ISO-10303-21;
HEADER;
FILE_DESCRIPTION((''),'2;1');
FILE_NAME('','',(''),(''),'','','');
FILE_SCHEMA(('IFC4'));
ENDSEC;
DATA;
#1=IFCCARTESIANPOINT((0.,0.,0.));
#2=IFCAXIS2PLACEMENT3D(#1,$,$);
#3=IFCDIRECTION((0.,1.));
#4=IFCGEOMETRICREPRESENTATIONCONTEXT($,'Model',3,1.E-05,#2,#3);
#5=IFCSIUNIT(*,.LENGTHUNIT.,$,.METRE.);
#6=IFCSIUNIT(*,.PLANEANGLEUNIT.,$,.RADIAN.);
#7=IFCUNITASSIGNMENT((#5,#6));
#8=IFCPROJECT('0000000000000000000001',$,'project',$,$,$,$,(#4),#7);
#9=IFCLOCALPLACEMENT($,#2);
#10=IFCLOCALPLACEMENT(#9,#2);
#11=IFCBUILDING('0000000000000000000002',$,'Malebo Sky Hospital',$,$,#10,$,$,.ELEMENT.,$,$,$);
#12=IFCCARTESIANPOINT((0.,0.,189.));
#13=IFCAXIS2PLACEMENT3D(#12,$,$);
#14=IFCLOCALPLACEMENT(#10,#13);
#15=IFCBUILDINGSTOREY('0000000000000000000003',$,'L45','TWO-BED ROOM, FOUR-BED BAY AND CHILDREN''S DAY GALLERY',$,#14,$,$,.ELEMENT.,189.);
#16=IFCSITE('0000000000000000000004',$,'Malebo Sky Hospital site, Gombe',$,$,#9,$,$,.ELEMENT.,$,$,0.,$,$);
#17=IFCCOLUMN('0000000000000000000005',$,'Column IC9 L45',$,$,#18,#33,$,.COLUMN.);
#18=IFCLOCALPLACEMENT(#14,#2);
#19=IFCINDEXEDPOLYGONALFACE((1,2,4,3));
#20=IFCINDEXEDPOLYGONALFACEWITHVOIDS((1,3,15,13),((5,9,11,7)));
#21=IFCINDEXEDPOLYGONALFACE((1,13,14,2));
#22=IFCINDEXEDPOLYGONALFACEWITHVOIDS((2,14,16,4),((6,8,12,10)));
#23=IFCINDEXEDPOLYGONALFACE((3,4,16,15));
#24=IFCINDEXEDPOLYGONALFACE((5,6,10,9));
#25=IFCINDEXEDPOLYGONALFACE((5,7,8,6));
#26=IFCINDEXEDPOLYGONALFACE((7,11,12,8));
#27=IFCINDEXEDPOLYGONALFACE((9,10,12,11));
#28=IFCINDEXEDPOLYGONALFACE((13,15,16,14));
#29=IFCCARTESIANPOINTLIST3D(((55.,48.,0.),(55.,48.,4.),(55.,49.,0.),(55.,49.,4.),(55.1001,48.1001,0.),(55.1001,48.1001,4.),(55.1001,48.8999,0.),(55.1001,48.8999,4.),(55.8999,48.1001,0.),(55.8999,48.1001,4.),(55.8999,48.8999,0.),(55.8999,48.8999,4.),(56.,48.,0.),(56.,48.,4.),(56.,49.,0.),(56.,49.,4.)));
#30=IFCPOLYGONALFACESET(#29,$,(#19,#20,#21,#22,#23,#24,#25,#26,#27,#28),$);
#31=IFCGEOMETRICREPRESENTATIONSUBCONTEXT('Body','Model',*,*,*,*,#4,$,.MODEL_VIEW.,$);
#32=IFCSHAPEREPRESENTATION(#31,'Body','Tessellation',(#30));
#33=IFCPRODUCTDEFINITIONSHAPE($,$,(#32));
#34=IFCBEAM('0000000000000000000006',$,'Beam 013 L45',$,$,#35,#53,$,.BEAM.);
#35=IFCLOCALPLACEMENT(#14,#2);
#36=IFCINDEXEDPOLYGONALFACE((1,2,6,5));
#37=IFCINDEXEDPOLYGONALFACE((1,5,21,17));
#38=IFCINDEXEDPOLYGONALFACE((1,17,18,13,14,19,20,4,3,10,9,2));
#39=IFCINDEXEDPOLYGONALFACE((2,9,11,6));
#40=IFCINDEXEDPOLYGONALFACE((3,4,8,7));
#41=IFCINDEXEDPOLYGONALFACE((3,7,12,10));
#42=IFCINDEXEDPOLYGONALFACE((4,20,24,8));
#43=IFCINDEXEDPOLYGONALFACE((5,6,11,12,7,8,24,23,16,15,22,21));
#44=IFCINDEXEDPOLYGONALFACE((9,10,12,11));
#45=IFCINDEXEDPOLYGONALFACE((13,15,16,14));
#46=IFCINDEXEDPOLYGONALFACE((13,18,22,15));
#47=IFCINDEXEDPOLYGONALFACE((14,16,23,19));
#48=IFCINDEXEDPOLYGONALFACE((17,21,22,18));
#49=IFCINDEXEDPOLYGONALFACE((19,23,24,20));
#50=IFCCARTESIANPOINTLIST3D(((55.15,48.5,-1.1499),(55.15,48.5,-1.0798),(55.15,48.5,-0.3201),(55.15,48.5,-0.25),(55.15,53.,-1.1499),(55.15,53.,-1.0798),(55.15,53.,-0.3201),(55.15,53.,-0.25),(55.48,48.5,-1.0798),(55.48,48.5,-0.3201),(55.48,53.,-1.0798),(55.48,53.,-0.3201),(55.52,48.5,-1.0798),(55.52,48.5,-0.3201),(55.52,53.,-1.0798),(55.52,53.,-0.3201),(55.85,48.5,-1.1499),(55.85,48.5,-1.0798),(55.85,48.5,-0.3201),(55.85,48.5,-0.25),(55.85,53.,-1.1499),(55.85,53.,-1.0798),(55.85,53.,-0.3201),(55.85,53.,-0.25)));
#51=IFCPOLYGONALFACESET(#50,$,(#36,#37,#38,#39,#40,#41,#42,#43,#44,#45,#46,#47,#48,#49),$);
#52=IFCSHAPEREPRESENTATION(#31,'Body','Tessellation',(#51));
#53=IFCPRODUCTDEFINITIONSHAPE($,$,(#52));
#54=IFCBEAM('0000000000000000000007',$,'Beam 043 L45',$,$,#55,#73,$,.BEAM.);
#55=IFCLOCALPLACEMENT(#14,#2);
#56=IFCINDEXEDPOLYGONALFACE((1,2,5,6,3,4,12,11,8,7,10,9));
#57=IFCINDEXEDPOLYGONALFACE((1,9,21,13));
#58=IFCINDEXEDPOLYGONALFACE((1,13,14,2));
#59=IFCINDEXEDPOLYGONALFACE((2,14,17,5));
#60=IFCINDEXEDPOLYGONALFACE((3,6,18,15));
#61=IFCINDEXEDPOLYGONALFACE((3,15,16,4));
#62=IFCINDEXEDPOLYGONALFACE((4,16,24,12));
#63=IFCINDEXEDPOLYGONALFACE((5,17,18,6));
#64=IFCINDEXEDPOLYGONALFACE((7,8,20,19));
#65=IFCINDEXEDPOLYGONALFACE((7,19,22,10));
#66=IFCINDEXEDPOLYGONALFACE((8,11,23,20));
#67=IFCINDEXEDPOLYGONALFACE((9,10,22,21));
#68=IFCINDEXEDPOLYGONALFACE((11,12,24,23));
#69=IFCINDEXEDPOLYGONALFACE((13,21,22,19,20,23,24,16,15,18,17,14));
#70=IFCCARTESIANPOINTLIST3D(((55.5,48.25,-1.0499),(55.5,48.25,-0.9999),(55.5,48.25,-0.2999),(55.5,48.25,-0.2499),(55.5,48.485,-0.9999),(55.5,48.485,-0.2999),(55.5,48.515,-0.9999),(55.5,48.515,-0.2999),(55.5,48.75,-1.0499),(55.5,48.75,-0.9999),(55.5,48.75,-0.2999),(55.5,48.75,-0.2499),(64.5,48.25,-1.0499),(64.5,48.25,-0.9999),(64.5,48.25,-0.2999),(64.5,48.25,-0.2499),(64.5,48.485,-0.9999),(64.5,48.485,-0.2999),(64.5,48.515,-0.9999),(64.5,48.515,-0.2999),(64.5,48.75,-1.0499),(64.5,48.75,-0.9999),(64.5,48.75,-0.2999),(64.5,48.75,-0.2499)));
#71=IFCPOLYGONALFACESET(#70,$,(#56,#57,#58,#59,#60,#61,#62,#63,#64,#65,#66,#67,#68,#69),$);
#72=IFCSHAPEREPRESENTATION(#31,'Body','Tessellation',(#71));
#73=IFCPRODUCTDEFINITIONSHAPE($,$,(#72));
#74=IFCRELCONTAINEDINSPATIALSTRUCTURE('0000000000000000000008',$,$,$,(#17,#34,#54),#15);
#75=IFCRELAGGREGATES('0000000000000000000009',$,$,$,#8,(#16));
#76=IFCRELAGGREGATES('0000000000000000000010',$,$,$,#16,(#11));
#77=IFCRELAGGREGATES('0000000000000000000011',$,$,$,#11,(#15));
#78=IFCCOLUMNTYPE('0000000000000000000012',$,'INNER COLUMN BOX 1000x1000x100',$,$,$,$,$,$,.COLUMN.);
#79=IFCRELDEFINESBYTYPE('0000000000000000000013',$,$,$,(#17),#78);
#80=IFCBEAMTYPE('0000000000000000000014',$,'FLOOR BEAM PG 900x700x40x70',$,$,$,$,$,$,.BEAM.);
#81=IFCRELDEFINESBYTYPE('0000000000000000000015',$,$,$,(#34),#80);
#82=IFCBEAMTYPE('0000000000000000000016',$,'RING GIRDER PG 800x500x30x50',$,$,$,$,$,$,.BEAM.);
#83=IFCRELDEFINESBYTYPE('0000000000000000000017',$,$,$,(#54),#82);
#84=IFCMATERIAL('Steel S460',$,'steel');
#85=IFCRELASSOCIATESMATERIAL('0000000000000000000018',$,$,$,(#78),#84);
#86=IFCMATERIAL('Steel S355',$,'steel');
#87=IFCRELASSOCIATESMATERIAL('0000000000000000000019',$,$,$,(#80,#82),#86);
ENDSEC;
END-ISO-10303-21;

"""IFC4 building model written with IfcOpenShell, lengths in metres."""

from ifc_helpers import new_model, si_unit, direction, frame, origin, origin_2d, place, context, subcontext, project, spatial, hollow_rectangle, i_section, extrude, material, material_profile, profile_set, type_object, element, save


model = new_model("IFC4")

# Units and contexts
model_context = context("Model", 3, precision=1e-05, world=origin(), true_north=direction((0.0, 1.0)))
body_context = subcontext(model_context, "Body", "Model", "MODEL_VIEW")
ifc_project = project(units=[si_unit("LENGTHUNIT", "METRE"), si_unit("PLANEANGLEUNIT", "RADIAN")], contexts=[model_context])

# Site, building, storey
site_placement = place(None, origin())
site = spatial("IfcSite", under=ifc_project, at=site_placement, Name="Malebo Sky Hospital site, Gombe", CompositionType="ELEMENT", RefElevation=0.0)
building_placement = place(site_placement, origin())
building = spatial("IfcBuilding", under=site, at=building_placement, Name="Malebo Sky Hospital", CompositionType="ELEMENT")
storey_placement = place(building_placement, frame((0.0, 0.0, 189.0)))
storey = spatial("IfcBuildingStorey", under=building, at=storey_placement, Name="L45", Description="TWO-BED ROOM, FOUR-BED BAY AND CHILDREN'S DAY GALLERY", CompositionType="ELEMENT", Elevation=189.0)

# Column
ifc_material_1 = material(Name="Steel S460", Category="steel")
ifc_material_profile_1 = material_profile(ifc_material_1, hollow_rectangle(XDim=1.0, YDim=1.0, WallThickness=0.1001, at=origin_2d()), Name="BOX 1000x1000x100")
ifc_profile_set_1 = profile_set([ifc_material_profile_1], Name="Steel S460")
column_type = type_object("IfcColumnType", Name="INNER COLUMN BOX 1000x1000x100", PredefinedType="COLUMN", material=ifc_profile_set_1)
column_placement = place(storey_placement, frame((55.5, 48.5, 0.0), z_axis=(0.0, 0.0, 1.0), x_axis=(1.0, 0.0, 0.0)))
element("IfcColumn", 1, at=column_placement, inside=storey, type_object=column_type, Name="Column IC9 L45", PredefinedType="COLUMN", context=body_context, shape_type="SweptSolid", body=[
    extrude(hollow_rectangle(XDim=1.0, YDim=1.0, WallThickness=0.1001, at=origin_2d()), origin(), (0.0, 0.0, 1.0), 4.0),
])

# Beams
ifc_material_2 = material(Name="Steel S355", Category="steel")
ifc_material_profile_2 = material_profile(ifc_material_2, i_section(OverallWidth=0.7, OverallDepth=0.8999, WebThickness=0.04, FlangeThickness=0.0701, at=origin_2d()), Name="PG 900x700x40x70")
ifc_profile_set_2 = profile_set([ifc_material_profile_2], Name="Steel S355")
beam_type_1 = type_object("IfcBeamType", Name="FLOOR BEAM PG 900x700x40x70", PredefinedType="BEAM", material=ifc_profile_set_2)
beam_1_placement = place(storey_placement, frame((55.5, 48.5, -0.7), z_axis=(0.0, 1.0, 0.0), x_axis=(-1.0, 0.0, 0.0)))
element("IfcBeam", 2, at=beam_1_placement, inside=storey, type_object=beam_type_1, Name="Beam 013 L45", PredefinedType="BEAM", context=body_context, shape_type="SweptSolid", body=[
    extrude(i_section(OverallWidth=0.7, OverallDepth=0.8999, WebThickness=0.04, FlangeThickness=0.0701, at=origin_2d()), origin(), (0.0, 0.0, 1.0), 4.5),
])
ifc_material_profile_3 = material_profile(ifc_material_2, i_section(OverallWidth=0.5, OverallDepth=0.8, WebThickness=0.03, FlangeThickness=0.05, at=origin_2d()), Name="PG 800x500x30x50")
ifc_profile_set_3 = profile_set([ifc_material_profile_3], Name="Steel S355")
beam_type_2 = type_object("IfcBeamType", Name="RING GIRDER PG 800x500x30x50", PredefinedType="BEAM", material=ifc_profile_set_3)
beam_2_placement = place(storey_placement, frame((55.5, 48.5, -0.6499), z_axis=(1.0, 0.0, 0.0), x_axis=(0.0, 1.0, 0.0)))
element("IfcBeam", 3, at=beam_2_placement, inside=storey, type_object=beam_type_2, Name="Beam 043 L45", PredefinedType="BEAM", context=body_context, shape_type="SweptSolid", body=[
    extrude(i_section(OverallWidth=0.5, OverallDepth=0.8, WebThickness=0.03, FlangeThickness=0.05, at=origin_2d()), origin(), (0.0, 0.0, 1.0), 9.0),
])

save(model, "model.ifc")
